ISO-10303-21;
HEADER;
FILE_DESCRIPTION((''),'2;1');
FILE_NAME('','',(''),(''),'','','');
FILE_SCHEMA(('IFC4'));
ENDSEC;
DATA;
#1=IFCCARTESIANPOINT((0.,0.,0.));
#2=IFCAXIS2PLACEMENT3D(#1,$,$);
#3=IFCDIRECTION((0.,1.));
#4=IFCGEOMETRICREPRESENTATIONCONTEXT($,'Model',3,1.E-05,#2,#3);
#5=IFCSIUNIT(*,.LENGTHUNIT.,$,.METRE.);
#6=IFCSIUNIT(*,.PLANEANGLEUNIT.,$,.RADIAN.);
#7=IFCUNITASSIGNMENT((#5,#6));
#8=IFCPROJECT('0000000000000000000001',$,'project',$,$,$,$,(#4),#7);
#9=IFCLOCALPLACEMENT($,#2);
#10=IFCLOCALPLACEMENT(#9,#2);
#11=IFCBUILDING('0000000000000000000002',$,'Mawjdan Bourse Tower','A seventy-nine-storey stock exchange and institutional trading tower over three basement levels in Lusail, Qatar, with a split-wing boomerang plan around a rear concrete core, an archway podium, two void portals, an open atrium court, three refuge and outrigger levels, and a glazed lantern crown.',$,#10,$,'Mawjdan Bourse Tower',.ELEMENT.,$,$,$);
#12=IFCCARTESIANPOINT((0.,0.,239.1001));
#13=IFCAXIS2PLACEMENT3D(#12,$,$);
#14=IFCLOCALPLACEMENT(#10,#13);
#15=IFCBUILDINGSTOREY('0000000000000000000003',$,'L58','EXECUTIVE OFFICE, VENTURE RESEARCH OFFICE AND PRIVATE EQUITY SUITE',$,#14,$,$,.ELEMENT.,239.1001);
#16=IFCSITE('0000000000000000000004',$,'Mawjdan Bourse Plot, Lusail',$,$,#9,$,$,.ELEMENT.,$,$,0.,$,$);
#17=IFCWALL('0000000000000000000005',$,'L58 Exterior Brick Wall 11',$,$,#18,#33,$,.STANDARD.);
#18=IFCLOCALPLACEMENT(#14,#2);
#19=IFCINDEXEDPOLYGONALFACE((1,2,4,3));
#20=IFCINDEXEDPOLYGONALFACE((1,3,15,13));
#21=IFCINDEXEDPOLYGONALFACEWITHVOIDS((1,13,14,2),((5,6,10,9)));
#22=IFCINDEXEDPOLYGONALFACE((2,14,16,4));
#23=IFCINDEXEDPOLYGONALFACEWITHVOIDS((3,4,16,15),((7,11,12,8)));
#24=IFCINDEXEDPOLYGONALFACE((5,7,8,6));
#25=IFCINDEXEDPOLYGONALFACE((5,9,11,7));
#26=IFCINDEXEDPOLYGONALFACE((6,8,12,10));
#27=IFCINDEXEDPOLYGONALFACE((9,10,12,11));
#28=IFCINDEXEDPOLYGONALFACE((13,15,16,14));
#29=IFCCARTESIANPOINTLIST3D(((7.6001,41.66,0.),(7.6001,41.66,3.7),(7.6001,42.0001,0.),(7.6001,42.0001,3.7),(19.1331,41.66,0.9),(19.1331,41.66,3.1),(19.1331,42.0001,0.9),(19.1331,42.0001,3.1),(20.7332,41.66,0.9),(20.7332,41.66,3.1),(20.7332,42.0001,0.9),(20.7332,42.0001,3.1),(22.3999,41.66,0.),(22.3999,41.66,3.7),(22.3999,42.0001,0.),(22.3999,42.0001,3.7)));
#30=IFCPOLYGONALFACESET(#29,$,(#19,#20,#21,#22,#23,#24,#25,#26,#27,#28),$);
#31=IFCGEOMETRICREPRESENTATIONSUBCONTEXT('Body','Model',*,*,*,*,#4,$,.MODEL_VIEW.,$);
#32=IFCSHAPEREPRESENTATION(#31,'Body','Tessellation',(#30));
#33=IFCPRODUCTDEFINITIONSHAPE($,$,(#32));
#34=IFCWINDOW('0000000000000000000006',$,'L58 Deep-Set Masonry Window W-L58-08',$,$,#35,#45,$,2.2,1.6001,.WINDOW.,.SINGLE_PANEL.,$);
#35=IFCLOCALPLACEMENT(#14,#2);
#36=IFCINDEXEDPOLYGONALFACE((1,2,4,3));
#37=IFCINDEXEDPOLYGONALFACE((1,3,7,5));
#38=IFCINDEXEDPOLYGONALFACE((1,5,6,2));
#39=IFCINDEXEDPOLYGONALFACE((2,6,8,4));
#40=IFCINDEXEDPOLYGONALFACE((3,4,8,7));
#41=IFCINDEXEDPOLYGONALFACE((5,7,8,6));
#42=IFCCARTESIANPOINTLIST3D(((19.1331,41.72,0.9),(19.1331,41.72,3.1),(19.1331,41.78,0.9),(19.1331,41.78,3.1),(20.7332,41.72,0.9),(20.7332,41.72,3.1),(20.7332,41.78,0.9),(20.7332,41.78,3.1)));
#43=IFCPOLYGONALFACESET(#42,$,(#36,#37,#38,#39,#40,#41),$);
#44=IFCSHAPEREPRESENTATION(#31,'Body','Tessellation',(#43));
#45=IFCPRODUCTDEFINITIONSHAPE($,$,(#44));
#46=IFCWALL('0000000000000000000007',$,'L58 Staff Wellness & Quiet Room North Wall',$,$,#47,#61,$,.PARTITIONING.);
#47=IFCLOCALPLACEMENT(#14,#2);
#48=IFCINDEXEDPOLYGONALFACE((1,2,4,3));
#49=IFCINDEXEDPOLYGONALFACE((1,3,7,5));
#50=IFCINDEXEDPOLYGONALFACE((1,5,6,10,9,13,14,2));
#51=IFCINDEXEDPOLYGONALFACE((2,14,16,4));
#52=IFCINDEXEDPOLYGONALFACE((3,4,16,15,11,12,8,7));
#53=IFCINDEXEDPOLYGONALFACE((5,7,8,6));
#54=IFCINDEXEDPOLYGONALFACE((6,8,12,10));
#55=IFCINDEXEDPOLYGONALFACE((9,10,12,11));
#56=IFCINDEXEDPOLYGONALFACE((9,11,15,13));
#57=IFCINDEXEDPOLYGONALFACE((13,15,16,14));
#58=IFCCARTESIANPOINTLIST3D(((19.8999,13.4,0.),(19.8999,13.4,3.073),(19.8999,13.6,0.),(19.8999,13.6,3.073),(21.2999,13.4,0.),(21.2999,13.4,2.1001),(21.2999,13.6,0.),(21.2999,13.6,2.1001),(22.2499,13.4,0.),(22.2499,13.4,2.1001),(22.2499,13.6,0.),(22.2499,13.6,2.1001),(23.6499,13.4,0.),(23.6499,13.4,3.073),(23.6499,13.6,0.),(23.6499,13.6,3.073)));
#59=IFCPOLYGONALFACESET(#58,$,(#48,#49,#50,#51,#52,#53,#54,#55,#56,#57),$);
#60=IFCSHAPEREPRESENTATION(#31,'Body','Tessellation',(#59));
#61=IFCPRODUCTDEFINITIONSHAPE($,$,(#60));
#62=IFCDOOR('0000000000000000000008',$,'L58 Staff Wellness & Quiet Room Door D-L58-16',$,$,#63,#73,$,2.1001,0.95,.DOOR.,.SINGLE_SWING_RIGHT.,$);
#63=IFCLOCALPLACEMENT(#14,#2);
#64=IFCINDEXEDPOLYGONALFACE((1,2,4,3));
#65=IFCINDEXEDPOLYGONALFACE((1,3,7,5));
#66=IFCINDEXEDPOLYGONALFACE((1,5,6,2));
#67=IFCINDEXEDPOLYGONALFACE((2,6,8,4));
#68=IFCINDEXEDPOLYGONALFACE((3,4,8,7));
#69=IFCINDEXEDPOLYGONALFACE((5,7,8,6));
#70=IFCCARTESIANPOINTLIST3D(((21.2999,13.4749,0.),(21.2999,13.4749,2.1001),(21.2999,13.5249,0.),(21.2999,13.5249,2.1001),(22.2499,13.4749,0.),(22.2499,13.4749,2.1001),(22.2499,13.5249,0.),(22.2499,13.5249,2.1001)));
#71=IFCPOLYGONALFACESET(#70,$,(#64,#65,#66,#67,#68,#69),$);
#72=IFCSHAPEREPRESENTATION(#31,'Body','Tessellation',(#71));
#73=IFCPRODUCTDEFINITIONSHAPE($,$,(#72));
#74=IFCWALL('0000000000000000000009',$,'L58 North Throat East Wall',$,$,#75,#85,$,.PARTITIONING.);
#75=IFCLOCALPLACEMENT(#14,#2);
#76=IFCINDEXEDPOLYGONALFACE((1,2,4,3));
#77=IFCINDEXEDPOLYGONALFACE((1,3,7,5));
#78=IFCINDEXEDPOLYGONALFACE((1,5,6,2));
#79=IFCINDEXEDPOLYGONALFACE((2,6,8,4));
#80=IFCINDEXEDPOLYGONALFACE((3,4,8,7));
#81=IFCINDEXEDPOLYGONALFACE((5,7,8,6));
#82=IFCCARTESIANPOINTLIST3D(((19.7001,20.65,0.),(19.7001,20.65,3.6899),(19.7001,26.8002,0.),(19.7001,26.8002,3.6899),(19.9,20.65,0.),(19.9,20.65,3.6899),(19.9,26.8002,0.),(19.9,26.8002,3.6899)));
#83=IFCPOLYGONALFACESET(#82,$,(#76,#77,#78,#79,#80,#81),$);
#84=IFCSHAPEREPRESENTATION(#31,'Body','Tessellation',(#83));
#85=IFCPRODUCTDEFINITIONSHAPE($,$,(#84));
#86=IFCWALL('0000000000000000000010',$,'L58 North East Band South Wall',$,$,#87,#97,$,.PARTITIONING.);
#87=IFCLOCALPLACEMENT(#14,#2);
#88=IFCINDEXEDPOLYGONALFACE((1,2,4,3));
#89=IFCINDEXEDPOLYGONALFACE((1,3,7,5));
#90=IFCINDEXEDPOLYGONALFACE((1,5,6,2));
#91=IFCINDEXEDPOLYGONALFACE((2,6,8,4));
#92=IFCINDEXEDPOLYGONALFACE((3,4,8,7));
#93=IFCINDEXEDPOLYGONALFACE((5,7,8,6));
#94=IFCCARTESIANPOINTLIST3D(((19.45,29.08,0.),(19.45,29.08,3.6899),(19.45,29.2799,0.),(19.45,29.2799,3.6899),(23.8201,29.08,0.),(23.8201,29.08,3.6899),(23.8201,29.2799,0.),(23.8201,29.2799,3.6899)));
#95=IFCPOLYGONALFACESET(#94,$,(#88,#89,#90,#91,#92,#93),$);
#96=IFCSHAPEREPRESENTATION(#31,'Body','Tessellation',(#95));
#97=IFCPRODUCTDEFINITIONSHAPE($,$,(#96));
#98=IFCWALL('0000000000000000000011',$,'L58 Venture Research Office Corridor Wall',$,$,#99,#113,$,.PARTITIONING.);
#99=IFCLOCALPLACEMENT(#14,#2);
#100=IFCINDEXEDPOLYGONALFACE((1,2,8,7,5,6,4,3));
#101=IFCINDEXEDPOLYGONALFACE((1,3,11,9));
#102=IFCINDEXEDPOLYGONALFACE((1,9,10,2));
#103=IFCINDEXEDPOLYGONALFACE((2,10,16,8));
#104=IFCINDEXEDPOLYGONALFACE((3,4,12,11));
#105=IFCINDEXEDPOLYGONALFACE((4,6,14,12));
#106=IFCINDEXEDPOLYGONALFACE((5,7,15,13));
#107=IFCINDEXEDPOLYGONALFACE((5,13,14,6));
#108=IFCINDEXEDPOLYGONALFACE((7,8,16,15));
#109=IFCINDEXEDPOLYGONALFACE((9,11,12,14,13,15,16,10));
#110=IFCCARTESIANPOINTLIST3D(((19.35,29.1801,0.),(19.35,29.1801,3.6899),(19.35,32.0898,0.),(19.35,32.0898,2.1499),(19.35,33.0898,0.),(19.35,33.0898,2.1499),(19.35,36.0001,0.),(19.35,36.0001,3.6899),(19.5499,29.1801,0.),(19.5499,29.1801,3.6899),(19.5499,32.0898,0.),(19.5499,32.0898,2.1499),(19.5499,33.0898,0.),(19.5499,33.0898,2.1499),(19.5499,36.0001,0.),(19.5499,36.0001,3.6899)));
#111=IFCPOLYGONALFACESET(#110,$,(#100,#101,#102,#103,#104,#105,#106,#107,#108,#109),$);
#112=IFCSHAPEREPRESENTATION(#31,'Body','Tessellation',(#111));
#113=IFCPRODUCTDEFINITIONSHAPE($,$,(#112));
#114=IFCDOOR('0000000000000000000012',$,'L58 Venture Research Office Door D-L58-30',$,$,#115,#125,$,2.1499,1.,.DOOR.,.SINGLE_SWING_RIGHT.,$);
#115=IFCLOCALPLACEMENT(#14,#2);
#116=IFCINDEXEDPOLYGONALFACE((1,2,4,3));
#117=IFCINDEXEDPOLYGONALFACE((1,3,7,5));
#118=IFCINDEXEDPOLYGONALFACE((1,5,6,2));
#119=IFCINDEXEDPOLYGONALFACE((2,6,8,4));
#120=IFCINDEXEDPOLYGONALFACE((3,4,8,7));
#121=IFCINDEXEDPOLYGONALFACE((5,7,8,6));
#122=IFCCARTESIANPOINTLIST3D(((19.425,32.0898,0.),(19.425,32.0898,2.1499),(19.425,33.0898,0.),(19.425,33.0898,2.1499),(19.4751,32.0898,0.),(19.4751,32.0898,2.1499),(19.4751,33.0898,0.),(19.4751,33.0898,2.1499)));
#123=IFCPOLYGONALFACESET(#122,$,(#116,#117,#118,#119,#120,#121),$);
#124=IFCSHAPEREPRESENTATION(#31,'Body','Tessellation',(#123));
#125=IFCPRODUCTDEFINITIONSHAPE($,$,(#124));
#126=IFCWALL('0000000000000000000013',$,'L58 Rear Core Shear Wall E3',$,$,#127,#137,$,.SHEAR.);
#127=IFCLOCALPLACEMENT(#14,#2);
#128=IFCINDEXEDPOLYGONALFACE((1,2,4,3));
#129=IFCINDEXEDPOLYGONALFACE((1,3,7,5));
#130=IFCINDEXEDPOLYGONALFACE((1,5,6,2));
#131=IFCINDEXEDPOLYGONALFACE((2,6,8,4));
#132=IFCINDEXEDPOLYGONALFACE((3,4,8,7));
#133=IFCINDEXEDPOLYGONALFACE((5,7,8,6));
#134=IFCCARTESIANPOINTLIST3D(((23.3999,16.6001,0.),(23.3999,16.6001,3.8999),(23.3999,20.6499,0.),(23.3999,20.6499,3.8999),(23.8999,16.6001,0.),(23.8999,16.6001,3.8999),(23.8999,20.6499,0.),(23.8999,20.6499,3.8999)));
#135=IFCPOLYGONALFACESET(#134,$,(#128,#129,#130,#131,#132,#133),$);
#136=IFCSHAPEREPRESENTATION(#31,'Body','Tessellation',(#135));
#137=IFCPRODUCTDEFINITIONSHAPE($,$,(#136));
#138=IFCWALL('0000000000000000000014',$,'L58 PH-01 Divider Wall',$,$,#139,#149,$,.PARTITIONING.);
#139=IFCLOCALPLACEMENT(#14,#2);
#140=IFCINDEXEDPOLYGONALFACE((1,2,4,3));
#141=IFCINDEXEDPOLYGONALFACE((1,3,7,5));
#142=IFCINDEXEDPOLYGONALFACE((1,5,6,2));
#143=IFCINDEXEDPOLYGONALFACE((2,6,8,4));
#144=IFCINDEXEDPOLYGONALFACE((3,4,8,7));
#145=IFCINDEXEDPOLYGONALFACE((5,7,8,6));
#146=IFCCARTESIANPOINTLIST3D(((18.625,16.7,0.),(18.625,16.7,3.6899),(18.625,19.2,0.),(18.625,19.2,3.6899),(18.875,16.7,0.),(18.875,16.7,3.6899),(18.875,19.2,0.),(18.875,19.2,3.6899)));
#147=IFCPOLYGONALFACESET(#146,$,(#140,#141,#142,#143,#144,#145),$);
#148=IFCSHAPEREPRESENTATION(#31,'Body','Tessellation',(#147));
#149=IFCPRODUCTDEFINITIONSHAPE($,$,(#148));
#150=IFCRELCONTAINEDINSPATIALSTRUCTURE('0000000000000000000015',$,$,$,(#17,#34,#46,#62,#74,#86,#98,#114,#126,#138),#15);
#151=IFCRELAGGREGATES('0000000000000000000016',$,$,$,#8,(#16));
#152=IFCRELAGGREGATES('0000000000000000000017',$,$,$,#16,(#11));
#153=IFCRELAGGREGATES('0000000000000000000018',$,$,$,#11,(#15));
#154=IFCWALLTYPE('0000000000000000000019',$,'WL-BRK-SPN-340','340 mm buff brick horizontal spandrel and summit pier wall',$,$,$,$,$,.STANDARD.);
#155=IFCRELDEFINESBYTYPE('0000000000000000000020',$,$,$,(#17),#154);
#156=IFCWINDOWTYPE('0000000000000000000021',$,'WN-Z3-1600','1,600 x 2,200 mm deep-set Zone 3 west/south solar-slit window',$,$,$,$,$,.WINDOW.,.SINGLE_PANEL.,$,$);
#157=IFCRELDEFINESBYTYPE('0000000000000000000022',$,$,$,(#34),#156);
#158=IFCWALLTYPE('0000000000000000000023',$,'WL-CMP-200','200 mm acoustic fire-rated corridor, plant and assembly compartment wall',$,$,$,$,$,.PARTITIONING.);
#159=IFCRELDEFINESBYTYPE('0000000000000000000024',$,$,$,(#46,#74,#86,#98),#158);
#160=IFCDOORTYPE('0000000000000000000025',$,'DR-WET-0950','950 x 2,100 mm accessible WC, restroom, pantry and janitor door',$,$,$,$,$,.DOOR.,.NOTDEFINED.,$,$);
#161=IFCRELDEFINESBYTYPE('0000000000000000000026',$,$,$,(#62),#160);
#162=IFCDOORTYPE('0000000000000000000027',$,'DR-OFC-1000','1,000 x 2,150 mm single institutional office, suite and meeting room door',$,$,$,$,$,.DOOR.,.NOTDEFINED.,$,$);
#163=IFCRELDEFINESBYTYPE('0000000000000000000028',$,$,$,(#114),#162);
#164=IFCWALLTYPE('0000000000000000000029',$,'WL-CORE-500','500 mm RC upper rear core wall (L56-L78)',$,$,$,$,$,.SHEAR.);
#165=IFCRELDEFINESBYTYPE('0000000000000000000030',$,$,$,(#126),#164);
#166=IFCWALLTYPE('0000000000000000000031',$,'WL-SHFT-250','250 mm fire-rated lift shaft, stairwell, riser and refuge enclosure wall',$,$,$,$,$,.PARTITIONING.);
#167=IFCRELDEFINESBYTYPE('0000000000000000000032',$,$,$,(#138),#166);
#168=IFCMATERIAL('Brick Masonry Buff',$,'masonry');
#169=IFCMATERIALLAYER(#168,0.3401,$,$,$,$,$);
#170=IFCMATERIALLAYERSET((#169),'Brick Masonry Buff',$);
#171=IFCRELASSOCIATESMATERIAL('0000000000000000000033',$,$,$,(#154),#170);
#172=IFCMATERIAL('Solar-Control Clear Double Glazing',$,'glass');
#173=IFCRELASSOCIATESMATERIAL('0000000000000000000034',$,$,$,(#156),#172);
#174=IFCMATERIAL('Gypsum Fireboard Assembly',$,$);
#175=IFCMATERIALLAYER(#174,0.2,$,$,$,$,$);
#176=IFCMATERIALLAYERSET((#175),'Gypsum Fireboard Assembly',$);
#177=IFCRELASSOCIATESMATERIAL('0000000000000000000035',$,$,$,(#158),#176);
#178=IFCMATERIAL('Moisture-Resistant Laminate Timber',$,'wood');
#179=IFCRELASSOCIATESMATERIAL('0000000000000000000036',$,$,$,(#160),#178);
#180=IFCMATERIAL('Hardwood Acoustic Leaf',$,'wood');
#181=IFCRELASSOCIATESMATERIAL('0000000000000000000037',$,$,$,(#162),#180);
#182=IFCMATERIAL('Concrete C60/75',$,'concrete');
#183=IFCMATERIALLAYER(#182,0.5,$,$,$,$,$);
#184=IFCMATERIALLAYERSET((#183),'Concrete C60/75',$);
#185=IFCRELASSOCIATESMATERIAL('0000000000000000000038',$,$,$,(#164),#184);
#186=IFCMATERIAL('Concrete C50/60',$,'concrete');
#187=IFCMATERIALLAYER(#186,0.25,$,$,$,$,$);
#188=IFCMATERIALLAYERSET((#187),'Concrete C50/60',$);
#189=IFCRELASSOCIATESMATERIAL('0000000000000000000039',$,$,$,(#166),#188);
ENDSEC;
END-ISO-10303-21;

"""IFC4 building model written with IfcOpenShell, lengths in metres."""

from ifc_helpers import new_model, si_unit, direction, frame, frame_2d, origin, place, context, subcontext, project, spatial, rectangle, extrude, material, layer, layer_set, type_object, element, fill, save


model = new_model("IFC4")

# Units and contexts
model_context = context("Model", 3, precision=1e-05, world=origin(), true_north=direction((0.0, 1.0)))
body_context = subcontext(model_context, "Body", "Model", "MODEL_VIEW")
ifc_project = project(units=[si_unit("LENGTHUNIT", "METRE"), si_unit("PLANEANGLEUNIT", "RADIAN")], contexts=[model_context])

# Site, building, storey
site_placement = place(None, origin())
site = spatial("IfcSite", under=ifc_project, at=site_placement, Name="Mawjdan Bourse Plot, Lusail", CompositionType="ELEMENT", RefElevation=0.0)
building_placement = place(site_placement, origin())
building = spatial("IfcBuilding", under=site, at=building_placement, Name="Mawjdan Bourse Tower", Description="A seventy-nine-storey stock exchange and institutional trading tower over three basement levels in Lusail, Qatar, with a split-wing boomerang plan around a rear concrete core, an archway podium, two void portals, an open atrium court, three refuge and outrigger levels, and a glazed lantern crown.", LongName="Mawjdan Bourse Tower", CompositionType="ELEMENT")
storey_placement = place(building_placement, frame((0.0, 0.0, 239.1001)))
storey = spatial("IfcBuildingStorey", under=building, at=storey_placement, Name="L58", Description="EXECUTIVE OFFICE, VENTURE RESEARCH OFFICE AND PRIVATE EQUITY SUITE", CompositionType="ELEMENT", Elevation=239.1001)

# Shared definitions
ifc_material_1 = material(Name="Concrete C60/75", Category="concrete")

# Shared definitions
ifc_material_2 = material(Name="Brick Masonry Buff", Category="masonry")
ifc_layer_1 = layer(ifc_material_2, 0.3401)
ifc_layer_set_1 = layer_set([ifc_layer_1], Name="Brick Masonry Buff")
wall_type_1 = type_object("IfcWallType", Name="WL-BRK-SPN-340", Description="340 mm buff brick horizontal spandrel and summit pier wall", PredefinedType="STANDARD", material=ifc_layer_set_1)
ifc_material_3 = material(Name="Solar-Control Clear Double Glazing", Category="glass")

# Wall, opening, window
wall_1_placement = place(storey_placement, frame((22.3999, 41.8301, 0.0), z_axis=(0.0, 0.0, 1.0), x_axis=(-1.0, 0.0, 0.0)))
wall_1 = element("IfcWall", 1, at=wall_1_placement, inside=storey, type_object=wall_type_1, Name="L58 Exterior Brick Wall 11", PredefinedType="STANDARD", context=body_context, shape_type="SweptSolid", body=[
    extrude(rectangle(XDim=14.7998, YDim=0.3401, at=frame_2d((7.3999, 0.0))), origin(), (0.0, 0.0, 1.0), 3.7),
])
opening_1_placement = place(wall_1_placement, frame((1.6667, 0.0, 0.8999)))
opening_1 = element("IfcOpeningElement", 2, at=opening_1_placement, cuts=wall_1, PredefinedType="OPENING", context=body_context, shape_type="SweptSolid", body=[
    extrude(rectangle(XDim=1.6001, YDim=2.2, at=frame_2d((0.8, 1.1001))), frame((0.0, 0.1802, 0.0), z_axis=(0.0, -1.0, 0.0), x_axis=(1.0, 0.0, 0.0)), (0.0, 0.0, 1.0), 0.3601),
])
window_type_1 = type_object("IfcWindowType", Name="WN-Z3-1600", Description="1,600 x 2,200 mm deep-set Zone 3 west/south solar-slit window", PartitioningType="SINGLE_PANEL", PredefinedType="WINDOW", material=ifc_material_3)
window_1_placement = place(opening_1_placement, origin())
window_1 = element("IfcWindow", 3, at=window_1_placement, inside=storey, type_object=window_type_1, Name="L58 Deep-Set Masonry Window W-L58-08", OverallHeight=2.2, OverallWidth=1.6001, PartitioningType="SINGLE_PANEL", PredefinedType="WINDOW", context=body_context, shape_type="SweptSolid", body=[
    extrude(rectangle(XDim=1.6001, YDim=2.2, at=frame_2d((0.8, 1.1001))), frame((0.0, 0.1101, 0.0), z_axis=(0.0, -1.0, 0.0), x_axis=(1.0, 0.0, 0.0)), (0.0, 0.0, 1.0), 0.0601),
])
fill(opening_1, window_1)

# Wall, opening, door
ifc_material_4 = material(Name="Gypsum Fireboard Assembly")
ifc_layer_2 = layer(ifc_material_4, 0.2)
ifc_layer_set_2 = layer_set([ifc_layer_2], Name="Gypsum Fireboard Assembly")
wall_type_2 = type_object("IfcWallType", Name="WL-CMP-200", Description="200 mm acoustic fire-rated corridor, plant and assembly compartment wall", PredefinedType="PARTITIONING", material=ifc_layer_set_2)
wall_2_placement = place(storey_placement, frame((19.8999, 13.5, 0.0), z_axis=(0.0, 0.0, 1.0), x_axis=(1.0, 0.0, 0.0)))
wall_2 = element("IfcWall", 4, at=wall_2_placement, inside=storey, type_object=wall_type_2, Name="L58 Staff Wellness & Quiet Room North Wall", PredefinedType="PARTITIONING", context=body_context, shape_type="SweptSolid", body=[
    extrude(rectangle(XDim=3.75, YDim=0.2, at=frame_2d((1.875, 0.0))), origin(), (0.0, 0.0, 1.0), 3.073),
])
opening_2_placement = place(wall_2_placement, frame((1.3999, 0.0, 0.0)))
opening_2 = element("IfcOpeningElement", 5, at=opening_2_placement, cuts=wall_2, PredefinedType="OPENING", context=body_context, shape_type="SweptSolid", body=[
    extrude(rectangle(XDim=0.95, YDim=2.1001, at=frame_2d((0.4751, 1.05))), frame((0.0, 0.1099, 0.0), z_axis=(0.0, -1.0, 0.0), x_axis=(1.0, 0.0, 0.0)), (0.0, 0.0, 1.0), 0.22),
])
ifc_material_5 = material(Name="Moisture-Resistant Laminate Timber", Category="wood")
door_type_1 = type_object("IfcDoorType", Name="DR-WET-0950", Description="950 x 2,100 mm accessible WC, restroom, pantry and janitor door", OperationType="NOTDEFINED", PredefinedType="DOOR", material=ifc_material_5)
door_1_placement = place(opening_2_placement, origin())
door_1 = element("IfcDoor", 6, at=door_1_placement, inside=storey, type_object=door_type_1, Name="L58 Staff Wellness & Quiet Room Door D-L58-16", OperationType="SINGLE_SWING_RIGHT", OverallHeight=2.1001, OverallWidth=0.95, PredefinedType="DOOR", context=body_context, shape_type="SweptSolid", body=[
    extrude(rectangle(XDim=0.95, YDim=2.1001, at=frame_2d((0.4751, 1.05))), frame((0.0, 0.0249, 0.0), z_axis=(0.0, -1.0, 0.0), x_axis=(1.0, 0.0, 0.0)), (0.0, 0.0, 1.0), 0.05),
])
fill(opening_2, door_1)
ifc_material_6 = material(Name="Hardwood Acoustic Leaf", Category="wood")
door_type_2 = type_object("IfcDoorType", Name="DR-OFC-1000", Description="1,000 x 2,150 mm single institutional office, suite and meeting room door", OperationType="NOTDEFINED", PredefinedType="DOOR", material=ifc_material_6)

# Walls
wall_3_placement = place(storey_placement, frame((19.8, 20.6499, 0.0), z_axis=(0.0, 0.0, 1.0), x_axis=(0.0, 1.0, 0.0)))
element("IfcWall", 7, at=wall_3_placement, inside=storey, type_object=wall_type_2, Name="L58 North Throat East Wall", PredefinedType="PARTITIONING", context=body_context, shape_type="SweptSolid", body=[
    extrude(rectangle(XDim=6.1501, YDim=0.2, at=frame_2d((3.0752, 0.0))), origin(), (0.0, 0.0, 1.0), 3.6899),
])
wall_4_placement = place(storey_placement, frame((19.45, 29.1799, 0.0), z_axis=(0.0, 0.0, 1.0), x_axis=(1.0, 0.0, 0.0)))
element("IfcWall", 8, at=wall_4_placement, inside=storey, type_object=wall_type_2, Name="L58 North East Band South Wall", PredefinedType="PARTITIONING", context=body_context, shape_type="SweptSolid", body=[
    extrude(rectangle(XDim=4.3701, YDim=0.2, at=frame_2d((2.1851, 0.0))), origin(), (0.0, 0.0, 1.0), 3.6899),
])

# Wall, opening, door
wall_5_placement = place(storey_placement, frame((19.45, 29.1799, 0.0), z_axis=(0.0, 0.0, 1.0), x_axis=(0.0, 1.0, 0.0)))
wall_5 = element("IfcWall", 9, at=wall_5_placement, inside=storey, type_object=wall_type_2, Name="L58 Venture Research Office Corridor Wall", PredefinedType="PARTITIONING", context=body_context, shape_type="SweptSolid", body=[
    extrude(rectangle(XDim=6.8201, YDim=0.2, at=frame_2d((3.4102, 0.0))), origin(), (0.0, 0.0, 1.0), 3.6899),
])
opening_3_placement = place(wall_5_placement, frame((2.9099, 0.0, 0.0)))
opening_3 = element("IfcOpeningElement", 10, at=opening_3_placement, cuts=wall_5, PredefinedType="OPENING", context=body_context, shape_type="SweptSolid", body=[
    extrude(rectangle(XDim=1.0, YDim=2.1499, at=frame_2d((0.5, 1.075))), frame((0.0, 0.1099, 0.0), z_axis=(0.0, -1.0, 0.0), x_axis=(1.0, 0.0, 0.0)), (0.0, 0.0, 1.0), 0.22),
])
door_2_placement = place(opening_3_placement, origin())
door_2 = element("IfcDoor", 11, at=door_2_placement, inside=storey, type_object=door_type_2, Name="L58 Venture Research Office Door D-L58-30", OperationType="SINGLE_SWING_RIGHT", OverallHeight=2.1499, OverallWidth=1.0, PredefinedType="DOOR", context=body_context, shape_type="SweptSolid", body=[
    extrude(rectangle(XDim=1.0, YDim=2.1499, at=frame_2d((0.5, 1.075))), frame((0.0, 0.0249, 0.0), z_axis=(0.0, -1.0, 0.0), x_axis=(1.0, 0.0, 0.0)), (0.0, 0.0, 1.0), 0.05),
])
fill(opening_3, door_2)

# Walls
ifc_layer_3 = layer(ifc_material_1, 0.5)
ifc_layer_set_3 = layer_set([ifc_layer_3], Name="Concrete C60/75")
wall_type_3 = type_object("IfcWallType", Name="WL-CORE-500", Description="500 mm RC upper rear core wall (L56-L78)", PredefinedType="SHEAR", material=ifc_layer_set_3)
wall_6_placement = place(storey_placement, frame((23.6499, 16.6001, 0.0), z_axis=(0.0, 0.0, 1.0), x_axis=(0.0, 1.0, 0.0)))
element("IfcWall", 12, at=wall_6_placement, inside=storey, type_object=wall_type_3, Name="L58 Rear Core Shear Wall E3", PredefinedType="SHEAR", context=body_context, shape_type="SweptSolid", body=[
    extrude(rectangle(XDim=4.0498, YDim=0.5, at=frame_2d((2.0249, 0.0))), origin(), (0.0, 0.0, 1.0), 3.8999),
])
ifc_material_7 = material(Name="Concrete C50/60", Category="concrete")
ifc_layer_4 = layer(ifc_material_7, 0.25)
ifc_layer_set_4 = layer_set([ifc_layer_4], Name="Concrete C50/60")
wall_type_4 = type_object("IfcWallType", Name="WL-SHFT-250", Description="250 mm fire-rated lift shaft, stairwell, riser and refuge enclosure wall", PredefinedType="PARTITIONING", material=ifc_layer_set_4)
wall_7_placement = place(storey_placement, frame((18.75, 16.7, 0.0), z_axis=(0.0, 0.0, 1.0), x_axis=(0.0, 1.0, 0.0)))
element("IfcWall", 13, at=wall_7_placement, inside=storey, type_object=wall_type_4, Name="L58 PH-01 Divider Wall", PredefinedType="PARTITIONING", context=body_context, shape_type="SweptSolid", body=[
    extrude(rectangle(XDim=2.5, YDim=0.25, at=frame_2d((1.25, 0.0))), origin(), (0.0, 0.0, 1.0), 3.6899),
])

save(model, "model.ifc")
